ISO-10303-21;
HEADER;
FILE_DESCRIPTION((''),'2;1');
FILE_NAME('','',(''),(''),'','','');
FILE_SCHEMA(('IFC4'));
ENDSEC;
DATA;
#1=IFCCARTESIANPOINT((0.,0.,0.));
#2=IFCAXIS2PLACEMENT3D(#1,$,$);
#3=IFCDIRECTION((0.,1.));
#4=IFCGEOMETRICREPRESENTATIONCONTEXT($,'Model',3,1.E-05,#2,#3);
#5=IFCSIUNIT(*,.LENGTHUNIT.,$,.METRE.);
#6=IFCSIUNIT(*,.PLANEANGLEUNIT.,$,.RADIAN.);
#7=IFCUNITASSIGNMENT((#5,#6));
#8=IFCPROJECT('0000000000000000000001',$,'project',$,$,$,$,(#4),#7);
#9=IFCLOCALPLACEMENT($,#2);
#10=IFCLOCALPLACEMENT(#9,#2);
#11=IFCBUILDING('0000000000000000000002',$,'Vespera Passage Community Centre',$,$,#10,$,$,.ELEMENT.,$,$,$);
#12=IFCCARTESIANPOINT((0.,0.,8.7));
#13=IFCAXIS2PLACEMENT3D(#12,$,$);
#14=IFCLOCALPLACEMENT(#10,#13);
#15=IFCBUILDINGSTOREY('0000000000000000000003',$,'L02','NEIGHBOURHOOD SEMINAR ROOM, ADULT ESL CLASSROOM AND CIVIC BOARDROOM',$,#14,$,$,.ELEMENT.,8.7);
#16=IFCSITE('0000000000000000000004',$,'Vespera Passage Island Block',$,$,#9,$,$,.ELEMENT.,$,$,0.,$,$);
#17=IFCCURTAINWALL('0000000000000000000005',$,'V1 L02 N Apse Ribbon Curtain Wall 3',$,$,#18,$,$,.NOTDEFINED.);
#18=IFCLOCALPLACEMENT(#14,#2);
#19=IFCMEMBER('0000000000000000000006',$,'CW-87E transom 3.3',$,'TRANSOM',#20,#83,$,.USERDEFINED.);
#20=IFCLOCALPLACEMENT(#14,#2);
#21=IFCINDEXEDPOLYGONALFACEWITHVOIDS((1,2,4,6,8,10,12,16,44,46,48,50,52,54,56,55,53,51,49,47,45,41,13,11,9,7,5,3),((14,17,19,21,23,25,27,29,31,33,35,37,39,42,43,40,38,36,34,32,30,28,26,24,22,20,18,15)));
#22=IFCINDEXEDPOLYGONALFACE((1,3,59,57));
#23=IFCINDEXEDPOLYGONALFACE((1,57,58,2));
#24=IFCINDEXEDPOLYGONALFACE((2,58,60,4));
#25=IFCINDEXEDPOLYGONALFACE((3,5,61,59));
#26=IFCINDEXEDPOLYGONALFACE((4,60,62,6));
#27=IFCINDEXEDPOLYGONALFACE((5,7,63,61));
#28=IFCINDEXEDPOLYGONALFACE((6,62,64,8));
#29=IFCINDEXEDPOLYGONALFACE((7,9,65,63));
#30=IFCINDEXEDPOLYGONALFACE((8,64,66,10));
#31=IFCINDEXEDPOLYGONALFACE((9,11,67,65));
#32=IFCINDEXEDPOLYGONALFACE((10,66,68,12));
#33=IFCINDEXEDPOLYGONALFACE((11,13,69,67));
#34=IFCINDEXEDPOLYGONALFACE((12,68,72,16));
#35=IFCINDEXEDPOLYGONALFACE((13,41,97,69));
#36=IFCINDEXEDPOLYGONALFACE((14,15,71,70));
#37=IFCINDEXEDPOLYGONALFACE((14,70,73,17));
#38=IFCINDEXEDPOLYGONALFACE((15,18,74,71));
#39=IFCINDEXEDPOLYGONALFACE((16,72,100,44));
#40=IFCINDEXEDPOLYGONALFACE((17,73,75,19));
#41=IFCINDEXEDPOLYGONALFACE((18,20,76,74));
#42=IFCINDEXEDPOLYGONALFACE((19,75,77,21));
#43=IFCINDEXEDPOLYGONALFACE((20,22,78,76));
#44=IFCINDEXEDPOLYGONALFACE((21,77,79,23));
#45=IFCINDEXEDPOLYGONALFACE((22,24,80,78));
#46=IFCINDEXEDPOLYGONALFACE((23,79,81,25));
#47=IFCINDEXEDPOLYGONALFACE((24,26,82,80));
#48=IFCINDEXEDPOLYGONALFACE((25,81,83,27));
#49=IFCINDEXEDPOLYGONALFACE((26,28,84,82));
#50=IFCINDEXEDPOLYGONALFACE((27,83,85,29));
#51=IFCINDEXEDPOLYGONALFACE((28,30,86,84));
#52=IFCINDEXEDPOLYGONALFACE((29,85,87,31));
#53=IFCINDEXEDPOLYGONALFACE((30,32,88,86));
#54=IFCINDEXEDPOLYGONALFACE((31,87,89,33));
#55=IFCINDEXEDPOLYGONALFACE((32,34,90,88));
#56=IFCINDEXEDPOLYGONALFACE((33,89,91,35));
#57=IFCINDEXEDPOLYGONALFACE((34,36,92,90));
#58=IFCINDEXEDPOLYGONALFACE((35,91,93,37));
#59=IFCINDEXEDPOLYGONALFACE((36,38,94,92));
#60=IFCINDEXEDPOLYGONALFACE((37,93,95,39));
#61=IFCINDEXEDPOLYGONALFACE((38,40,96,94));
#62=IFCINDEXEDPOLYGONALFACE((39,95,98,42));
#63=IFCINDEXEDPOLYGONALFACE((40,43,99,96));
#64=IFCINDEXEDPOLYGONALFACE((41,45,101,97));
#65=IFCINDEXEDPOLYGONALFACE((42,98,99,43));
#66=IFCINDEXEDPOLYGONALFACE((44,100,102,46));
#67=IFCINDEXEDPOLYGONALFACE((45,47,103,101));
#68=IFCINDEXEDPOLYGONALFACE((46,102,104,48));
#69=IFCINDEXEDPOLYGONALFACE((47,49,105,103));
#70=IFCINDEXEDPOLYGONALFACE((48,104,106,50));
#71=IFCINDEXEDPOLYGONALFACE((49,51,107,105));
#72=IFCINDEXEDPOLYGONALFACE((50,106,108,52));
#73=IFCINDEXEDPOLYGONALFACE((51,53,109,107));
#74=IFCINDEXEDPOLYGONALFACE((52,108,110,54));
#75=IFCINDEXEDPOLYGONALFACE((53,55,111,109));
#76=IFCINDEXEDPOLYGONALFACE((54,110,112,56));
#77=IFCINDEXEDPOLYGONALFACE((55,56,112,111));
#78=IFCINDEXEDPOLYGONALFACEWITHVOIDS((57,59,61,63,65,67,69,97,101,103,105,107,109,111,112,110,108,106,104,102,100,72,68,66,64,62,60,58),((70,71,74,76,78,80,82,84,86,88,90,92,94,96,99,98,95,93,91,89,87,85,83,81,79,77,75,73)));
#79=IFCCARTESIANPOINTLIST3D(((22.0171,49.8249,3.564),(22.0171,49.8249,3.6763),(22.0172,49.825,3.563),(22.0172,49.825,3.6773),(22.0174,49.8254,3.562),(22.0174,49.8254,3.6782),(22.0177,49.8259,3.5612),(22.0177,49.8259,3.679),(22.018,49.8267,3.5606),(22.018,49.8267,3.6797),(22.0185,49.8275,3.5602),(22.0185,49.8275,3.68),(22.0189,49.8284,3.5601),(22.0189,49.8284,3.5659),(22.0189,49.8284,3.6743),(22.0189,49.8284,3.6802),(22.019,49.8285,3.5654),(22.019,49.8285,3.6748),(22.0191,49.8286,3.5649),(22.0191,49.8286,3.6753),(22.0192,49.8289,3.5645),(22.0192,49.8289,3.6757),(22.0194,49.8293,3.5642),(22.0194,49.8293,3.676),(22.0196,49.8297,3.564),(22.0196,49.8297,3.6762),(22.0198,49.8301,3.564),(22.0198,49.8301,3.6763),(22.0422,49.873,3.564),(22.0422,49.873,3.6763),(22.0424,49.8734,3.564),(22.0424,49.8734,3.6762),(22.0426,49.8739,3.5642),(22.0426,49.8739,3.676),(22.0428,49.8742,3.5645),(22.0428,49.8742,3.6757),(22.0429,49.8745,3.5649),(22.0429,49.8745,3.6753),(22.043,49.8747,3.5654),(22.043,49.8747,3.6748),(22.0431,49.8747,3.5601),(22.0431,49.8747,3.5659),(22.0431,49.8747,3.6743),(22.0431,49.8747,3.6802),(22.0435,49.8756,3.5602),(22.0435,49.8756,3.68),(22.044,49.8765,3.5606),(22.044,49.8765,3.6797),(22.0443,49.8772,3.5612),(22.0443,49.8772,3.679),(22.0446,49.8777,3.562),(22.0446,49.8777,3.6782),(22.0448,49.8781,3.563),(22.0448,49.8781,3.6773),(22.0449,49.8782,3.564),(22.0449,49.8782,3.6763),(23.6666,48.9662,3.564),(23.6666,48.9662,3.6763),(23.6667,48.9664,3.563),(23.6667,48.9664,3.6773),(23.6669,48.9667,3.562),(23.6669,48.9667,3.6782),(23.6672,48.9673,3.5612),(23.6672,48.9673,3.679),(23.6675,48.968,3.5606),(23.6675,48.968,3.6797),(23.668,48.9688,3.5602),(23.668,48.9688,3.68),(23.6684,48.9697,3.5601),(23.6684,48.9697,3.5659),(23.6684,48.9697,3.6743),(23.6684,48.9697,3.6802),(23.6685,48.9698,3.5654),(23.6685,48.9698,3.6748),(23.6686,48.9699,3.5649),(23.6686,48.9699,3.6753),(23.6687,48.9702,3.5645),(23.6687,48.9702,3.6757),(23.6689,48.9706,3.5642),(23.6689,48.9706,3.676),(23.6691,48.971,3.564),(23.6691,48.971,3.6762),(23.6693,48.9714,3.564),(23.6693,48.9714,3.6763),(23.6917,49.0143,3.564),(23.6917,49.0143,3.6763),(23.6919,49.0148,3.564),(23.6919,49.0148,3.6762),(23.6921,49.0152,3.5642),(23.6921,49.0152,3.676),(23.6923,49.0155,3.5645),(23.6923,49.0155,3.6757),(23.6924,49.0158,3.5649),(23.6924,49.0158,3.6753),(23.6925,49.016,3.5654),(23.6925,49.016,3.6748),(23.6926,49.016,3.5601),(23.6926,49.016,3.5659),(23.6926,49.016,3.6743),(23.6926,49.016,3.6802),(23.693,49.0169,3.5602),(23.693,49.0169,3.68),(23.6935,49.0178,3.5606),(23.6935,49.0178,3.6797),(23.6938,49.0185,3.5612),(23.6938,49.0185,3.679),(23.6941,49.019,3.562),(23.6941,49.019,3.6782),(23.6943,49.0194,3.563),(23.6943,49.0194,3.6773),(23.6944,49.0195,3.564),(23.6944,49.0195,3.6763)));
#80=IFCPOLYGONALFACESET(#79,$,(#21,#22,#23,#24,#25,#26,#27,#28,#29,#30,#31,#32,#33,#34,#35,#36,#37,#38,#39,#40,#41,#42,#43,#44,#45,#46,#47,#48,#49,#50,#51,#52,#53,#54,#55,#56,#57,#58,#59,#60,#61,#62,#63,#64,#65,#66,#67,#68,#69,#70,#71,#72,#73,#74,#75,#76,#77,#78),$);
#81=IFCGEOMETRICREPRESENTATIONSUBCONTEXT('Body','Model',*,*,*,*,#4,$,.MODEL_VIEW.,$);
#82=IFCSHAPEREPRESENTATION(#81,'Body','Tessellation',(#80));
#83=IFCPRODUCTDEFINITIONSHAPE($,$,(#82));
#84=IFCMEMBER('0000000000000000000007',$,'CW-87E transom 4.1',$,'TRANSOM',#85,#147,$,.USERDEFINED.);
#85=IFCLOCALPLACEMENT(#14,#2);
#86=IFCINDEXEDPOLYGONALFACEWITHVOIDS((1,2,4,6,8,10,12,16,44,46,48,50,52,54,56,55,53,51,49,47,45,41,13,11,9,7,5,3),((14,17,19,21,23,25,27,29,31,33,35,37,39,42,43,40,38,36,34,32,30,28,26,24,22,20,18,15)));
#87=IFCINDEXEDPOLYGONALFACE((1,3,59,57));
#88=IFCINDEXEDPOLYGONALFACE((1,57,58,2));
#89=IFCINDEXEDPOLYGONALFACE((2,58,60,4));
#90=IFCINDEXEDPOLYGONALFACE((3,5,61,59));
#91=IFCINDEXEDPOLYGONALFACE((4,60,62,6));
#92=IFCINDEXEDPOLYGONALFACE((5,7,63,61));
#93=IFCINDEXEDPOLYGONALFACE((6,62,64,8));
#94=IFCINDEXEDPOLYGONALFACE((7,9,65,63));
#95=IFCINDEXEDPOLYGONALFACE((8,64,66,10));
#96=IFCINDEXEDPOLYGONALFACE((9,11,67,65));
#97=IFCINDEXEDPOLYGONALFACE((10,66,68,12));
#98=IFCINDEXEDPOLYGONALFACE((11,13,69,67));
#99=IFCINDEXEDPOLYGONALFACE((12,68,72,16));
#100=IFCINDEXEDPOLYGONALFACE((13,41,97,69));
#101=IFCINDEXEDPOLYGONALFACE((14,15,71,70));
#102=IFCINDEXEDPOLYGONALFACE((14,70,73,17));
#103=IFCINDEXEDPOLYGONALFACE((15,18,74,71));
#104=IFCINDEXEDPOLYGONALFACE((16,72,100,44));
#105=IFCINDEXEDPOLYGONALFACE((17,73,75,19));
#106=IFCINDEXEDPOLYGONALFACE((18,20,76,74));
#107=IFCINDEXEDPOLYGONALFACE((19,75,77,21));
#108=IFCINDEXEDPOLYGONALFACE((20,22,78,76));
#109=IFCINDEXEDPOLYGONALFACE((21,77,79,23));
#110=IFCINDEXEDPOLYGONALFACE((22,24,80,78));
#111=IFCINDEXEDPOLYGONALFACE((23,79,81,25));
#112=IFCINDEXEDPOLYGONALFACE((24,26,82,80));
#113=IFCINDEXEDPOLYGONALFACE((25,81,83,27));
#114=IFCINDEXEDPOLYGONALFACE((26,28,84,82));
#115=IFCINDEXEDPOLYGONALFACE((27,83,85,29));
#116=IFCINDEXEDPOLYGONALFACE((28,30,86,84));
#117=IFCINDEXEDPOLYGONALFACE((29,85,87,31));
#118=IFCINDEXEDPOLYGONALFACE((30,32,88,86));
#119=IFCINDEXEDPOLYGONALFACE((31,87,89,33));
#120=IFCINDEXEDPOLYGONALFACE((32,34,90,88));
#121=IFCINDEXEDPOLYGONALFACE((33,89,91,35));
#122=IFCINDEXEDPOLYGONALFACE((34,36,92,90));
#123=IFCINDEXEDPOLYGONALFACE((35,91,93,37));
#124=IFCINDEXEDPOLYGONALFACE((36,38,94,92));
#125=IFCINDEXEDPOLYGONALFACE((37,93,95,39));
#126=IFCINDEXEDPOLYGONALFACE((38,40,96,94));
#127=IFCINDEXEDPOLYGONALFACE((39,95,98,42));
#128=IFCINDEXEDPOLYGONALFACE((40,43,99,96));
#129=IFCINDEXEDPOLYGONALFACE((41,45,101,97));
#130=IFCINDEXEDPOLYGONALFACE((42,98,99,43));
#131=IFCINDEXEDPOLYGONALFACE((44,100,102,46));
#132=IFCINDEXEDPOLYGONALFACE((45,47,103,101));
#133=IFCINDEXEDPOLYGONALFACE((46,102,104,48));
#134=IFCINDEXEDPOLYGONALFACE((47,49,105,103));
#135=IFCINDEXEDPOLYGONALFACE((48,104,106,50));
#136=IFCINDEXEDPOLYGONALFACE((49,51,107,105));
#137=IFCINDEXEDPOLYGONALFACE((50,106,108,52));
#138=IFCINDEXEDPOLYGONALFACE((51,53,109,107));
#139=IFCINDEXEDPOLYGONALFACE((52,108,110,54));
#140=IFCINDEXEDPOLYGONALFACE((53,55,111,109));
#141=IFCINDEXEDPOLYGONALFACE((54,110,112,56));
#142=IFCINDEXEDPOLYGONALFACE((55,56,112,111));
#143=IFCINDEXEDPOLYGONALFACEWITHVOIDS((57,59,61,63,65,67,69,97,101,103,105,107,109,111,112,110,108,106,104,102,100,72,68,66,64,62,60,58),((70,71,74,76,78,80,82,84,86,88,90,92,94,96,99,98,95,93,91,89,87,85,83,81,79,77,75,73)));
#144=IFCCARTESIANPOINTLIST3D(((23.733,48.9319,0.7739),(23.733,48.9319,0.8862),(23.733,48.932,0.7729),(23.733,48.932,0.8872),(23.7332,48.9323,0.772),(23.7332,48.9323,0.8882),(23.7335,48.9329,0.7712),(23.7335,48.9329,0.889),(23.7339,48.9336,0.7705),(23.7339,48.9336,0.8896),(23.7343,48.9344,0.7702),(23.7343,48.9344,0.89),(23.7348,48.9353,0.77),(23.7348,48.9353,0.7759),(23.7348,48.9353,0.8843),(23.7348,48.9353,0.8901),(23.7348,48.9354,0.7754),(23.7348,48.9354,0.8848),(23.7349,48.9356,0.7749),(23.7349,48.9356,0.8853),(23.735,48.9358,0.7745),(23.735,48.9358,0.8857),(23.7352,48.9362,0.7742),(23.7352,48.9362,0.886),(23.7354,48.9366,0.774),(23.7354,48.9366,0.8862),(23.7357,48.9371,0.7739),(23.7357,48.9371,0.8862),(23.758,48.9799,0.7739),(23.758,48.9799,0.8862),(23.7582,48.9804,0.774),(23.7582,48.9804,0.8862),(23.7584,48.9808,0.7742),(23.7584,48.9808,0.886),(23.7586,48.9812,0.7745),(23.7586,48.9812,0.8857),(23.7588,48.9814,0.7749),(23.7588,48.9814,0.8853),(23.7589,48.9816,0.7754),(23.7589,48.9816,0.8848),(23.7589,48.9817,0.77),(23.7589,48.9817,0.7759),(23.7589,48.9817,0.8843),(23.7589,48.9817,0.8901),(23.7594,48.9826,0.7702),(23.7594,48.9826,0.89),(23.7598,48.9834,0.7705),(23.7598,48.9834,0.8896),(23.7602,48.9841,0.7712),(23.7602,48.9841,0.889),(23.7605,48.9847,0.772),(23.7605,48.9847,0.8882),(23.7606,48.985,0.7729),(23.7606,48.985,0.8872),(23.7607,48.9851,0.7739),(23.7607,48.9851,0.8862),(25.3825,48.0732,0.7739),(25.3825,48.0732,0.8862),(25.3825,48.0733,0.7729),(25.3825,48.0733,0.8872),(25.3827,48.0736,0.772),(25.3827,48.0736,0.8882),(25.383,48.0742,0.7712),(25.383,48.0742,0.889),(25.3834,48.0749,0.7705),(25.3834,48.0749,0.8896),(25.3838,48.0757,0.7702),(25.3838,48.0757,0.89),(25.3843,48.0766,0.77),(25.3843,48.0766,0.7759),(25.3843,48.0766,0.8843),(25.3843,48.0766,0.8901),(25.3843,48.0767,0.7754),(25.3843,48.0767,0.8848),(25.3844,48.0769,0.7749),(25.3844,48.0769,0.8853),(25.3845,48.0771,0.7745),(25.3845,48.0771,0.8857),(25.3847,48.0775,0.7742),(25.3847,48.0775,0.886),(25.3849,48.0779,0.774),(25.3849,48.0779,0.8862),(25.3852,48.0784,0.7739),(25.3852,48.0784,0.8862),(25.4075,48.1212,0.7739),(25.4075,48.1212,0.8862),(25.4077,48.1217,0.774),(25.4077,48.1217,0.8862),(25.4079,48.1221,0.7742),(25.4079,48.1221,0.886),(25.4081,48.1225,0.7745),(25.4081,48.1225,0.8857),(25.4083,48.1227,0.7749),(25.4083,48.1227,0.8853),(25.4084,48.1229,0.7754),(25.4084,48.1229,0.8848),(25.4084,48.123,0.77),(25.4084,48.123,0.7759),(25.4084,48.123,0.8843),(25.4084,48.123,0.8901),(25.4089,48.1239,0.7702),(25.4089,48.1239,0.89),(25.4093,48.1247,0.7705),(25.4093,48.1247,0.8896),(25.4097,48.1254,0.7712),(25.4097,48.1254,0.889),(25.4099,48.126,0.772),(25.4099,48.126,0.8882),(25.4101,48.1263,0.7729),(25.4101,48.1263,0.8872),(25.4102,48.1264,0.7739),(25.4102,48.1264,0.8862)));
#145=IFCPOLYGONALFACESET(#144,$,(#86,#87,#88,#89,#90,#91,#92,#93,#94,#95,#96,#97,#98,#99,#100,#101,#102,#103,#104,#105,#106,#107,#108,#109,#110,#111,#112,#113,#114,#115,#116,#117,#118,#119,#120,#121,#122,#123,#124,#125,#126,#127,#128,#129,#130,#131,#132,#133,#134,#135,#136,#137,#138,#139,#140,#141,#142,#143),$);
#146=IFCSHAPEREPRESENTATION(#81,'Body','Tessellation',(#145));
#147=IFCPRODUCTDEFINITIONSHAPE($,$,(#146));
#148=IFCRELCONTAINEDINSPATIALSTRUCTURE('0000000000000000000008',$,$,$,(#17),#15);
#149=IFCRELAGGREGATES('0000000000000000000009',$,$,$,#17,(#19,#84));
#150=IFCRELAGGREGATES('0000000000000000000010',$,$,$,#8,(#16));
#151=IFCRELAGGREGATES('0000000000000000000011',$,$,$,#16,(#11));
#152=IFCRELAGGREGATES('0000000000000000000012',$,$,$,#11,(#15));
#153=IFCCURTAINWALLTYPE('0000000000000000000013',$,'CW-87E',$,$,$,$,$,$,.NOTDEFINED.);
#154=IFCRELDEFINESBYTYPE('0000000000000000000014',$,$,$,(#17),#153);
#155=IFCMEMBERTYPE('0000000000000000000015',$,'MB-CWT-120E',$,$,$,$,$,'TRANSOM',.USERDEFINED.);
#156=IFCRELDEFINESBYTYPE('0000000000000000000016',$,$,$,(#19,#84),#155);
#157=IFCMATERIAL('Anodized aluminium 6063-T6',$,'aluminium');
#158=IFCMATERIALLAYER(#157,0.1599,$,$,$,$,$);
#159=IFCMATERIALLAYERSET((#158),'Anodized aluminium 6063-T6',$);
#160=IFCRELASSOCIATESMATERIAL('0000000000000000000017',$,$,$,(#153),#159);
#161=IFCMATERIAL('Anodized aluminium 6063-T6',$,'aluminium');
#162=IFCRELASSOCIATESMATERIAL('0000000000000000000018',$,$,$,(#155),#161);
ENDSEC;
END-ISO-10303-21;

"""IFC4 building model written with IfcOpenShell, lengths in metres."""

from ifc_helpers import new_model, si_unit, direction, frame, origin, origin_2d, place, context, subcontext, project, spatial, hollow_rectangle, extrude, material, layer, layer_set, material_profile, profile_set, type_object, element, aggregate, save


model = new_model("IFC4")

# Units and contexts
model_context = context("Model", 3, precision=1e-05, world=origin(), true_north=direction((0.0, 1.0)))
body_context = subcontext(model_context, "Body", "Model", "MODEL_VIEW")
ifc_project = project(units=[si_unit("LENGTHUNIT", "METRE"), si_unit("PLANEANGLEUNIT", "RADIAN")], contexts=[model_context])

# Site, building, storey
site_placement = place(None, origin())
site = spatial("IfcSite", under=ifc_project, at=site_placement, Name="Vespera Passage Island Block", CompositionType="ELEMENT", RefElevation=0.0)
building_placement = place(site_placement, origin())
building = spatial("IfcBuilding", under=site, at=building_placement, Name="Vespera Passage Community Centre", CompositionType="ELEMENT")
storey_placement = place(building_placement, frame((0.0, 0.0, 8.7)))
storey = spatial("IfcBuildingStorey", under=building, at=storey_placement, Name="L02", Description="NEIGHBOURHOOD SEMINAR ROOM, ADULT ESL CLASSROOM AND CIVIC BOARDROOM", CompositionType="ELEMENT", Elevation=8.7)

# Shared definitions
ifc_material_1 = material(Name="Anodized aluminium 6063-T6", Category="aluminium")
ifc_layer_1 = layer(ifc_material_1, 0.1599)
ifc_layer_set_1 = layer_set([ifc_layer_1], Name="Anodized aluminium 6063-T6")
curtain_wall_type = type_object("IfcCurtainWallType", Name="CW-87E", PredefinedType="NOTDEFINED", material=ifc_layer_set_1)

# Curtain wall
curtain_wall_1_placement = place(storey_placement, origin())
curtain_wall_1 = element("IfcCurtainWall", 1, at=curtain_wall_1_placement, inside=storey, type_object=curtain_wall_type, Name="V1 L02 N Apse Ribbon Curtain Wall 3", PredefinedType="NOTDEFINED")

# Members
ifc_material_2 = material(Name="Anodized aluminium 6063-T6", Category="aluminium")
ifc_material_profile_1 = material_profile(ifc_material_2, hollow_rectangle(XDim=0.0601, YDim=0.1201, WallThickness=0.0039, InnerFilletRadius=0.002, OuterFilletRadius=0.0039, at=origin_2d()), Name="ALU120X60X4")
ifc_profile_set_1 = profile_set([ifc_material_profile_1], Name="Anodized aluminium 6063-T6")
member_type_1 = type_object("IfcMemberType", Name="MB-CWT-120E", ElementType="TRANSOM", PredefinedType="USERDEFINED", material=ifc_profile_set_1)
member_1_placement = place(storey_placement, frame((22.031, 49.8516, 3.6201), z_axis=(0.887008, -0.461754, 0.0), x_axis=(0.461754, 0.887008, 0.0)))
member_1 = element("IfcMember", 2, at=member_1_placement, type_object=member_type_1, Name="CW-87E transom 3.3", ObjectType="TRANSOM", PredefinedType="USERDEFINED", context=body_context, shape_type="SweptSolid", body=[
    extrude(hollow_rectangle(XDim=0.0601, YDim=0.1201, WallThickness=0.0039, InnerFilletRadius=0.002, OuterFilletRadius=0.0039, at=origin_2d()), origin(), (0.0, 0.0, 1.0), 1.8596),
])
member_2_placement = place(storey_placement, frame((23.7468, 48.9585, 0.8301), z_axis=(0.887008, -0.461754, 0.0), x_axis=(0.461754, 0.887008, 0.0)))
member_2 = element("IfcMember", 3, at=member_2_placement, type_object=member_type_1, Name="CW-87E transom 4.1", ObjectType="TRANSOM", PredefinedType="USERDEFINED", context=body_context, shape_type="SweptSolid", body=[
    extrude(hollow_rectangle(XDim=0.0601, YDim=0.1201, WallThickness=0.0039, InnerFilletRadius=0.002, OuterFilletRadius=0.0039, at=origin_2d()), origin(), (0.0, 0.0, 1.0), 1.8596),
])

aggregate(curtain_wall_1, [member_1, member_2])

save(model, "model.ifc")
